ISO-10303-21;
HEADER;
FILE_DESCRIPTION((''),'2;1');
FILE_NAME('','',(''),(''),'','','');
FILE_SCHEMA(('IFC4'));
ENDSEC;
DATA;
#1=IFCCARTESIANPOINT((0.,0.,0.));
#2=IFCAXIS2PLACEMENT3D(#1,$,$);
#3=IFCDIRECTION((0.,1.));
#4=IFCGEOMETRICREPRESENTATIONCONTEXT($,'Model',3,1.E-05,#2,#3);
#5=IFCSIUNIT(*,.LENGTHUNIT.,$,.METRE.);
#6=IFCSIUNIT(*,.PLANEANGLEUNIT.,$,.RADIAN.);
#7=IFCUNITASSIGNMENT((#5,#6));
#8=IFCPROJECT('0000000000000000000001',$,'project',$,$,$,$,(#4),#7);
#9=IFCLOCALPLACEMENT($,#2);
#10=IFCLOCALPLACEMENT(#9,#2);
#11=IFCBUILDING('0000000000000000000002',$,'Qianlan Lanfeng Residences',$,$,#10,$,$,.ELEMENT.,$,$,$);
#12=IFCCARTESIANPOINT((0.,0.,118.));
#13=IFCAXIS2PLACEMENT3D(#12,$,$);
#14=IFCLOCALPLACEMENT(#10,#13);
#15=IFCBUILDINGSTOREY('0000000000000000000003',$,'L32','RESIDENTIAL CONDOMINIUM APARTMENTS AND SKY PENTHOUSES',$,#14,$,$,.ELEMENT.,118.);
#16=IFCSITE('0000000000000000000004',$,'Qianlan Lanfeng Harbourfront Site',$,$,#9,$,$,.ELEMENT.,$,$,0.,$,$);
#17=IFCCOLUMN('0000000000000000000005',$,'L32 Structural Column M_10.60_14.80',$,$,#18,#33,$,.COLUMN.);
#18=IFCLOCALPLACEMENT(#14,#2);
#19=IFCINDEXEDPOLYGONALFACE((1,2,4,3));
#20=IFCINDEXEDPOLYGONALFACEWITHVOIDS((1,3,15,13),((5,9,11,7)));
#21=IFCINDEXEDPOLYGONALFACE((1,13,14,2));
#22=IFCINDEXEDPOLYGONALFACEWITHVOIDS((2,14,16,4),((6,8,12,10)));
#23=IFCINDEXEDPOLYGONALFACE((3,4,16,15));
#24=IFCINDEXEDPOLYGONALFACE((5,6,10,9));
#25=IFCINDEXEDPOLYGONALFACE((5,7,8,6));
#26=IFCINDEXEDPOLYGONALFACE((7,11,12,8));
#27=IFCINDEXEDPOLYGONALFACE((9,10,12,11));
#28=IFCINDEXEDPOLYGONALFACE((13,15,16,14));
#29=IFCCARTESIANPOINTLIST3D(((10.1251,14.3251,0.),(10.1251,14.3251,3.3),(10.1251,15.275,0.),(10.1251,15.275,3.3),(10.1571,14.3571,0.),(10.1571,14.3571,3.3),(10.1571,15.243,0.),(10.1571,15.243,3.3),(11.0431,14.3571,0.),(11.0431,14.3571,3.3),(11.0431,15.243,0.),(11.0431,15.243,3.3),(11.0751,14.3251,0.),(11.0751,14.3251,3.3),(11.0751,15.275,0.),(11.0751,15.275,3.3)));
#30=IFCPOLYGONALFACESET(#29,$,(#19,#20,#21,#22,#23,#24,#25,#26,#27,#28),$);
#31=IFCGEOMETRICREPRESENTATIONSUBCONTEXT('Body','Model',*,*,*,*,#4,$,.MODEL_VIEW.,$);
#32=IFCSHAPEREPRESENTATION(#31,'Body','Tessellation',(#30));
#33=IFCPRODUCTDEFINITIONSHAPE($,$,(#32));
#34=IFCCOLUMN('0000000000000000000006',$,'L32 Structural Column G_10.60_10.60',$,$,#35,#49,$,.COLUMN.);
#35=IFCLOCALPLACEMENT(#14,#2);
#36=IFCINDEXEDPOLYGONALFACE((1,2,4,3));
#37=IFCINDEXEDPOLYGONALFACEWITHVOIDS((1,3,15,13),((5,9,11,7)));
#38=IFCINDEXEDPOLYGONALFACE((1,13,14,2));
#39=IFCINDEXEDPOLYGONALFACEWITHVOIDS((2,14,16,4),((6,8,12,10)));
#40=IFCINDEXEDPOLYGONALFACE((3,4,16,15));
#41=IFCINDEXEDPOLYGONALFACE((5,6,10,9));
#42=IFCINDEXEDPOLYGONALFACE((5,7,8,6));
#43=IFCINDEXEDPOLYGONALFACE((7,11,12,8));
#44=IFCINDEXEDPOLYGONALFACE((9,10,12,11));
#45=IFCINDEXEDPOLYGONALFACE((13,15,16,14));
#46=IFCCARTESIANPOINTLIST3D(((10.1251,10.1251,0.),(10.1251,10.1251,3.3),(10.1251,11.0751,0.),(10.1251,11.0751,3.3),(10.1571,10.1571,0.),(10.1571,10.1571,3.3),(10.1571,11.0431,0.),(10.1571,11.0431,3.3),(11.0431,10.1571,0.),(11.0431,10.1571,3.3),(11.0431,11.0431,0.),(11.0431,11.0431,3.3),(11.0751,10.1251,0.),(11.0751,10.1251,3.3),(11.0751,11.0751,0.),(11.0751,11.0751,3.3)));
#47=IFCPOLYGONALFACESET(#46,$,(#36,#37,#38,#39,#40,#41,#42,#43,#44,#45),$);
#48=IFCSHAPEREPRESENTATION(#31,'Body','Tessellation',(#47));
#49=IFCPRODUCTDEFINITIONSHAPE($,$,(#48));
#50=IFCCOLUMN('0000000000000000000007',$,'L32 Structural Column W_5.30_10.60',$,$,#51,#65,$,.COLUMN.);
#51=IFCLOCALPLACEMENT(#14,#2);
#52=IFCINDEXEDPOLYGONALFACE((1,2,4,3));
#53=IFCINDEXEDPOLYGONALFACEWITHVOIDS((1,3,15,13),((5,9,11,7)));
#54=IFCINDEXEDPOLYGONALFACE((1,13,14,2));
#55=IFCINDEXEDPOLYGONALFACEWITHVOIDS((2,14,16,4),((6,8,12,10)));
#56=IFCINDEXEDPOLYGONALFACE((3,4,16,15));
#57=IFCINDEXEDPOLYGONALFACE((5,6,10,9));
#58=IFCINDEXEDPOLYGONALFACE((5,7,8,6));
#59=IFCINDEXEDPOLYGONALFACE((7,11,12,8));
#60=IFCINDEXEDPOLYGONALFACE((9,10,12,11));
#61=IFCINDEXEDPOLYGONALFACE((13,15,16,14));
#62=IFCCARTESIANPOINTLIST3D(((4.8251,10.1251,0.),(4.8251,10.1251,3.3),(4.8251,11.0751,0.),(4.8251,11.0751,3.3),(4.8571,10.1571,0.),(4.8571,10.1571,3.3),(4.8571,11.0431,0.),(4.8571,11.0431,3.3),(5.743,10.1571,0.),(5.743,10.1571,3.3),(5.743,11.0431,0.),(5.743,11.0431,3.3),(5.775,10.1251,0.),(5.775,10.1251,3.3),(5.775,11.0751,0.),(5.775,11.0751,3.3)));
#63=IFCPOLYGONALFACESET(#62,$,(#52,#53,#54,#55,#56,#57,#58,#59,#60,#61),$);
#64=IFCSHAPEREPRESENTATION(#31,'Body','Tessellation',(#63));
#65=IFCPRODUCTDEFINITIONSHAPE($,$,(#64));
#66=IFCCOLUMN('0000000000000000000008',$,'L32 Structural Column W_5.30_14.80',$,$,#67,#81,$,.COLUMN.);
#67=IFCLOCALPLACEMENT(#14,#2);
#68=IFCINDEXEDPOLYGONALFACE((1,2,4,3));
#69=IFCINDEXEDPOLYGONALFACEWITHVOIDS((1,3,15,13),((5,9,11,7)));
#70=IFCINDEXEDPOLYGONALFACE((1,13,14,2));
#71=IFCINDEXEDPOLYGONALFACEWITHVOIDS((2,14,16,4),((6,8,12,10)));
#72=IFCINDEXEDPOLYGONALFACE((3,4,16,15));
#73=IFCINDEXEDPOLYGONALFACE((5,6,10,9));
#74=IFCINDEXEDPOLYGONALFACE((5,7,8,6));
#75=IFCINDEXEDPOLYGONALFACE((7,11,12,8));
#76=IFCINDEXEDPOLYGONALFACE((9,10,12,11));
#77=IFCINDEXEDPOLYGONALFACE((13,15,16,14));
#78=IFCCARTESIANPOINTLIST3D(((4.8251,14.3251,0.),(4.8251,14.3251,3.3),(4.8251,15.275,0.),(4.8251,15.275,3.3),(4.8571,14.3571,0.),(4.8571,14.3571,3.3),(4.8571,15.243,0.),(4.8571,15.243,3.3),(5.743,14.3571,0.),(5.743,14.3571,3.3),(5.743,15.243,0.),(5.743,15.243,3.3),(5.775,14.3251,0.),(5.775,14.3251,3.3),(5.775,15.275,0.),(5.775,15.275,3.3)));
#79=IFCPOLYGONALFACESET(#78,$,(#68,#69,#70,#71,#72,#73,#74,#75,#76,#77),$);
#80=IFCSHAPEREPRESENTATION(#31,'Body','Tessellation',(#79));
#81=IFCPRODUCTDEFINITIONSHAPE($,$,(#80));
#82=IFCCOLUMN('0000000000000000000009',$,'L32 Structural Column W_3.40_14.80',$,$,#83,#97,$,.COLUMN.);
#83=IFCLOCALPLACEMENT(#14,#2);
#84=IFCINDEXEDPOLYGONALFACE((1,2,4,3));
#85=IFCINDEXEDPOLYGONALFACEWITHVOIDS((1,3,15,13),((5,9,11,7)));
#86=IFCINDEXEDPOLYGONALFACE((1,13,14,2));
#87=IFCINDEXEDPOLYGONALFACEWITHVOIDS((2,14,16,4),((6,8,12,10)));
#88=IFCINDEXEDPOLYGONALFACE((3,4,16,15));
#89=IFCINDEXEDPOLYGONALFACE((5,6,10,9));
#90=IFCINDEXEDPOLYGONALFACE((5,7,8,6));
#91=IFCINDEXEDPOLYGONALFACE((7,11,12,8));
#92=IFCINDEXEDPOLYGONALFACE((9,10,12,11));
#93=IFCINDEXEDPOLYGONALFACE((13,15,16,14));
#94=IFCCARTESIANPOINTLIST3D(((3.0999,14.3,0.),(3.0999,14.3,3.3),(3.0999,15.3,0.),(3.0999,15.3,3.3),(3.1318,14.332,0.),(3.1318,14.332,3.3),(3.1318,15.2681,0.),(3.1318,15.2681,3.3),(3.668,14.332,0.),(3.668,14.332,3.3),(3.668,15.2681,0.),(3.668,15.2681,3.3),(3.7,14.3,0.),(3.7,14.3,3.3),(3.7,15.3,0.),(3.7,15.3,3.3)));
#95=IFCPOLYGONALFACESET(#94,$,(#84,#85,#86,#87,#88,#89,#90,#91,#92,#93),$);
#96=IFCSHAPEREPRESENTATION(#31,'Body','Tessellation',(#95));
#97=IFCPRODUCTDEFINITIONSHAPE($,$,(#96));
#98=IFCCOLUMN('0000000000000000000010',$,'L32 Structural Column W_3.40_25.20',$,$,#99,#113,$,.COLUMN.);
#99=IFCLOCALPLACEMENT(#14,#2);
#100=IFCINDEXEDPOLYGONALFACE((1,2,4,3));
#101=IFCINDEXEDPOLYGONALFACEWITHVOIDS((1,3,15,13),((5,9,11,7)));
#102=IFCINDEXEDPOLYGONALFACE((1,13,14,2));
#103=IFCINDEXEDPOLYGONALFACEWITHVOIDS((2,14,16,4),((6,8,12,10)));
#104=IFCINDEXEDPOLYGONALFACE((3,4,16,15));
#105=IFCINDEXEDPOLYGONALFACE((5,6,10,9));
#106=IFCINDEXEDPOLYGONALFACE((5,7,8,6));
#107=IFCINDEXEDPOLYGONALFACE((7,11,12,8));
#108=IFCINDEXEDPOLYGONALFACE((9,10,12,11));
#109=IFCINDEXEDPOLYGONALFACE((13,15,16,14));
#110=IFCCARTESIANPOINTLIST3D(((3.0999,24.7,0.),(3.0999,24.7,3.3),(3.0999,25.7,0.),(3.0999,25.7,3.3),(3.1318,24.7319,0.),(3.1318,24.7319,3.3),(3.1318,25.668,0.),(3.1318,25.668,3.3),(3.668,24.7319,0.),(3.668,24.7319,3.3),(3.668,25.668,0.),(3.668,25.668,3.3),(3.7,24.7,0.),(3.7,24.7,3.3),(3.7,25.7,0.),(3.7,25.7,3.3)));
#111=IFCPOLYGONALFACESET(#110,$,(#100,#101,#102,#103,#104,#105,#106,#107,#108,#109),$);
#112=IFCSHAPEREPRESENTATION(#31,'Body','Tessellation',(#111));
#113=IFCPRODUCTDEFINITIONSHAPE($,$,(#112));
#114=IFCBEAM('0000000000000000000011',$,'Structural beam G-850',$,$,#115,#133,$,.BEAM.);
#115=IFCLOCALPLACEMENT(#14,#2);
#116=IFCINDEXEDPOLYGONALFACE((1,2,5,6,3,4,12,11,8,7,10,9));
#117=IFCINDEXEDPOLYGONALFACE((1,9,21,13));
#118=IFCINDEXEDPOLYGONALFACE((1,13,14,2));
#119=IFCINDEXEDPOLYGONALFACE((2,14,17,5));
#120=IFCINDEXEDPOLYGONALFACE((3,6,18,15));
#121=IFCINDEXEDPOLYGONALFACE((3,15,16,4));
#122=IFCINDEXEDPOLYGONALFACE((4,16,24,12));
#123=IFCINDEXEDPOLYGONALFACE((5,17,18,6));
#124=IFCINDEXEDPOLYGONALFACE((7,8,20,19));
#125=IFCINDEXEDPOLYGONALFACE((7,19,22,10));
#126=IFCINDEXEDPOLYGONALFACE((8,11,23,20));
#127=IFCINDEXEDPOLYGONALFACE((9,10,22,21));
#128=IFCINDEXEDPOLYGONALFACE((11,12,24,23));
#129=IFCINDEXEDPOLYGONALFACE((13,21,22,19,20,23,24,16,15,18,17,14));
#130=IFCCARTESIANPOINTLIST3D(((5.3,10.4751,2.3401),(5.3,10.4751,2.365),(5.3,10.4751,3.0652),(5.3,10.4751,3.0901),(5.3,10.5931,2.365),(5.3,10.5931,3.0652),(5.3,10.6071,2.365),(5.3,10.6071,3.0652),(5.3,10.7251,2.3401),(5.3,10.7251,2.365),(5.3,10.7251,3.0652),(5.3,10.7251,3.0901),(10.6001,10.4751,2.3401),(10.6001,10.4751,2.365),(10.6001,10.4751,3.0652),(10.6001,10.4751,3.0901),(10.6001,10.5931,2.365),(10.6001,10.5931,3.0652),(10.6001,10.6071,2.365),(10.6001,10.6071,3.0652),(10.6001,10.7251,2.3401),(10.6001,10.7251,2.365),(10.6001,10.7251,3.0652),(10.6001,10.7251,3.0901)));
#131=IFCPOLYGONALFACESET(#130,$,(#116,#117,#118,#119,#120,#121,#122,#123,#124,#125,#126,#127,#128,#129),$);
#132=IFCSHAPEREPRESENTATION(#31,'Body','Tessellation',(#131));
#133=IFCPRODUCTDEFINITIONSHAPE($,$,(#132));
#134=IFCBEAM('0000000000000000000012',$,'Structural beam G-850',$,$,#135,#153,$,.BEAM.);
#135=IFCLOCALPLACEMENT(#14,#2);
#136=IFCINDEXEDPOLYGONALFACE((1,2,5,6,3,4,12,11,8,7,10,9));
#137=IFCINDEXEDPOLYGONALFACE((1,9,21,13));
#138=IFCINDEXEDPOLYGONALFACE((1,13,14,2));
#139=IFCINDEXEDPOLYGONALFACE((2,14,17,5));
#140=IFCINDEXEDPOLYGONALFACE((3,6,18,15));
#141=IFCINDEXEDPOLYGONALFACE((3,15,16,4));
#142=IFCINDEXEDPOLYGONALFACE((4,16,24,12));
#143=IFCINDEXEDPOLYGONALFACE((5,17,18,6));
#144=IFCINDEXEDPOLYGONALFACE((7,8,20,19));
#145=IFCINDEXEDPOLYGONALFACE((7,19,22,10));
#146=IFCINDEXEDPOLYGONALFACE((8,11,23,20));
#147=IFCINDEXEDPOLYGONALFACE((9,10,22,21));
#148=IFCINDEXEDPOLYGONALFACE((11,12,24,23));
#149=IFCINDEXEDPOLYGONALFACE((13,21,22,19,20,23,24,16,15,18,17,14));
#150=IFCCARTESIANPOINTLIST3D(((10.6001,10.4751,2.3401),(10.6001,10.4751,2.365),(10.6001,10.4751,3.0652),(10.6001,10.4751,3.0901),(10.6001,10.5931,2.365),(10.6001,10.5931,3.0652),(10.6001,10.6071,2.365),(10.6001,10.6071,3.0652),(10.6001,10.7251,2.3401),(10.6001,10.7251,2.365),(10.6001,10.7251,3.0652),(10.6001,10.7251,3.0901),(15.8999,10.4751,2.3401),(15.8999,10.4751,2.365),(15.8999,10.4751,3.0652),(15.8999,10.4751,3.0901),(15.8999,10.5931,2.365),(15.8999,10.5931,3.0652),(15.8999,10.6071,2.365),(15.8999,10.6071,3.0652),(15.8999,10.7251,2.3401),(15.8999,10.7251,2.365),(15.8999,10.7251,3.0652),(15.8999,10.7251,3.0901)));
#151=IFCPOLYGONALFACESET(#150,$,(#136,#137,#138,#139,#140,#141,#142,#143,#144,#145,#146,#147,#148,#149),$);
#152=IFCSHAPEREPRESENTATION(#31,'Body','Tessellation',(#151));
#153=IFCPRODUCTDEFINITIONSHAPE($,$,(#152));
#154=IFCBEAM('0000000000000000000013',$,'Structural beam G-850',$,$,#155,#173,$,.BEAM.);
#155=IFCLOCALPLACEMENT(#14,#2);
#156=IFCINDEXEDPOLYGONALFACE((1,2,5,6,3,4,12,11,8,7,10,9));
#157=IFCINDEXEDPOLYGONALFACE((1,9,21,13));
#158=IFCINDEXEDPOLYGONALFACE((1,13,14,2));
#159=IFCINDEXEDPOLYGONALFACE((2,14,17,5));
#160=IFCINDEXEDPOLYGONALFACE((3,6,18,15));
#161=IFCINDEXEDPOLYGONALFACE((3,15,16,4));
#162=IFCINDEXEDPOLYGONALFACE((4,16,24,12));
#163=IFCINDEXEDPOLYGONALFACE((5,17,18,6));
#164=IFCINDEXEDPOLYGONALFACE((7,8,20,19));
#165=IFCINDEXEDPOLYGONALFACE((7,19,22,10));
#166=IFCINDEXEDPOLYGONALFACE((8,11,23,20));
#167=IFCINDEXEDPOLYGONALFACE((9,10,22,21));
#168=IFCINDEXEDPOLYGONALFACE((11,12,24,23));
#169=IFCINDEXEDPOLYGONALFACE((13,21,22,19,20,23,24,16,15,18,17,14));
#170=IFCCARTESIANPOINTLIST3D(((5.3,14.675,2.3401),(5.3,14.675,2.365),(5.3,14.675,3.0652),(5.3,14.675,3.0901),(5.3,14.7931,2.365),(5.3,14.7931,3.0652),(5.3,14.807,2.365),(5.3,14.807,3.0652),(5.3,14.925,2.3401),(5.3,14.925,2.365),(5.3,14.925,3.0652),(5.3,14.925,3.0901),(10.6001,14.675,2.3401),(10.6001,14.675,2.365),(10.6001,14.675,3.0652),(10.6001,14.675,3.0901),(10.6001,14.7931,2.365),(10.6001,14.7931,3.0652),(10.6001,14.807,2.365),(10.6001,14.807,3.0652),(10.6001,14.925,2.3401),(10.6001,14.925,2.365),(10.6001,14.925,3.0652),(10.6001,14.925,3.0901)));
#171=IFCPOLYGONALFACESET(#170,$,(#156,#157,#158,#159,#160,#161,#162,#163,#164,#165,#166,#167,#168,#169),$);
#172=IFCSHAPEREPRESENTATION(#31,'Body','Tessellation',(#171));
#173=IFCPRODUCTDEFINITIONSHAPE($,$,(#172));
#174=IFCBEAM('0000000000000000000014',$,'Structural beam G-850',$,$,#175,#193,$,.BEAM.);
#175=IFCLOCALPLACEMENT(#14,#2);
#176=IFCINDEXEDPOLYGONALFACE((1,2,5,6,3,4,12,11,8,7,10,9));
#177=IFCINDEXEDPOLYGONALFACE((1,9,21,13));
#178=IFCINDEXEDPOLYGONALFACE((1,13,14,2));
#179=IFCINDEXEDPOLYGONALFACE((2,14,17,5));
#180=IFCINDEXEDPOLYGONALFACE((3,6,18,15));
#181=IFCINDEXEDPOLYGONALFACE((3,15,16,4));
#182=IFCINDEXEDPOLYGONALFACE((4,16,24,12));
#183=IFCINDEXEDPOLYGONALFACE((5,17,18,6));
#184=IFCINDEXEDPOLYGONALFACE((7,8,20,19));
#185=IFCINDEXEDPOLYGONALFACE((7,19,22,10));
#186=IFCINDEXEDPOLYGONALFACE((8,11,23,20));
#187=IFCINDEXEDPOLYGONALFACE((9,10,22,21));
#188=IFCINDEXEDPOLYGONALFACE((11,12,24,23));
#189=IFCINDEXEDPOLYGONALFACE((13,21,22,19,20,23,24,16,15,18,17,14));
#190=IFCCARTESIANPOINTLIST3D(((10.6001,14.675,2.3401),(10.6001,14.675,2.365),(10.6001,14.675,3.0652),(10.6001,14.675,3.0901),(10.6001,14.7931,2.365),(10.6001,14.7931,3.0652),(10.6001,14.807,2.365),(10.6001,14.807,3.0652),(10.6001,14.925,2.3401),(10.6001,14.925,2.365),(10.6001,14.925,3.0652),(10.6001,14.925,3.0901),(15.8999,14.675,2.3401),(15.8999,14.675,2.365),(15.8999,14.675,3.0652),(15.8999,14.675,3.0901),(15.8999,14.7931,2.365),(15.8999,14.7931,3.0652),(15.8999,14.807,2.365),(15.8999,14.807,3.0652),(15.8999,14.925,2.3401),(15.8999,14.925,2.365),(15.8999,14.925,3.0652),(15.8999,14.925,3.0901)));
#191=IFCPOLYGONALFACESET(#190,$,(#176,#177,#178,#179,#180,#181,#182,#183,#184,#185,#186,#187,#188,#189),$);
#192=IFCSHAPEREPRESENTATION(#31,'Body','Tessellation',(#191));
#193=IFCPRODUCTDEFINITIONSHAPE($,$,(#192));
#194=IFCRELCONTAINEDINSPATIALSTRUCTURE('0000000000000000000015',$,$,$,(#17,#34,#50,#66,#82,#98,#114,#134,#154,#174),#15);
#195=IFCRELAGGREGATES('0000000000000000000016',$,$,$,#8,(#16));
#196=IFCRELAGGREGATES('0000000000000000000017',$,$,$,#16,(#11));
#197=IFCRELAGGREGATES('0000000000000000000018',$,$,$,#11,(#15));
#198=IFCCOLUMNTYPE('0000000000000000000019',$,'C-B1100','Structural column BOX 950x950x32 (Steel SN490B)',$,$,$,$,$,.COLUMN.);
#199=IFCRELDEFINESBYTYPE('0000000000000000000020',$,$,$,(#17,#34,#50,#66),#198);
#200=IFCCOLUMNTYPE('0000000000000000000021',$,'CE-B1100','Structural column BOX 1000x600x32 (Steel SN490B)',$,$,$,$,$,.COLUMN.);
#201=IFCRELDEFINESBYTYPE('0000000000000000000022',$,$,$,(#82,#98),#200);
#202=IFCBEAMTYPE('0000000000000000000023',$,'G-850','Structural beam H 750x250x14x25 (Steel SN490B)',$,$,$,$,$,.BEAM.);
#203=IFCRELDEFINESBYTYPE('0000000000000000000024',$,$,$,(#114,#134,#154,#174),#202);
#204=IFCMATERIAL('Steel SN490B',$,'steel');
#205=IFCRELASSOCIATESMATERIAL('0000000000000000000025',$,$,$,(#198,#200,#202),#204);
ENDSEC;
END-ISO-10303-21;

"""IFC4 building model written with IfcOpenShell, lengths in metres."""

from ifc_helpers import new_model, si_unit, direction, frame, origin, origin_2d, place, context, subcontext, project, spatial, hollow_rectangle, i_section, extrude, material, material_profile, profile_set, type_object, element, save


model = new_model("IFC4")

# Units and contexts
model_context = context("Model", 3, precision=1e-05, world=origin(), true_north=direction((0.0, 1.0)))
body_context = subcontext(model_context, "Body", "Model", "MODEL_VIEW")
ifc_project = project(units=[si_unit("LENGTHUNIT", "METRE"), si_unit("PLANEANGLEUNIT", "RADIAN")], contexts=[model_context])

# Site, building, storey
site_placement = place(None, origin())
site = spatial("IfcSite", under=ifc_project, at=site_placement, Name="Qianlan Lanfeng Harbourfront Site", CompositionType="ELEMENT", RefElevation=0.0)
building_placement = place(site_placement, origin())
building = spatial("IfcBuilding", under=site, at=building_placement, Name="Qianlan Lanfeng Residences", CompositionType="ELEMENT")
storey_placement = place(building_placement, frame((0.0, 0.0, 118.0)))
storey = spatial("IfcBuildingStorey", under=building, at=storey_placement, Name="L32", Description="RESIDENTIAL CONDOMINIUM APARTMENTS AND SKY PENTHOUSES", CompositionType="ELEMENT", Elevation=118.0)

# Columns
ifc_material_1 = material(Name="Steel SN490B", Category="steel")
ifc_material_profile_1 = material_profile(ifc_material_1, hollow_rectangle(XDim=0.95, YDim=0.95, WallThickness=0.032, at=origin_2d()), Name="BOX 950x950x32")
ifc_profile_set_1 = profile_set([ifc_material_profile_1], Name="Steel SN490B")
column_type_1 = type_object("IfcColumnType", Name="C-B1100", Description="Structural column BOX 950x950x32 (Steel SN490B)", PredefinedType="COLUMN", material=ifc_profile_set_1)
for number, where, z_axis, x_axis, name in (
    (1, (10.6001, 14.8, 0.0), (0.0, 0.0, 1.0), (1.0, 0.0, 0.0), "L32 Structural Column M_10.60_14.80"),
    (2, (10.6001, 10.6001, 0.0), (0.0, 0.0, 1.0), (1.0, 0.0, 0.0), "L32 Structural Column G_10.60_10.60"),
    (3, (5.3, 10.6001, 0.0), (0.0, 0.0, 1.0), (1.0, 0.0, 0.0), "L32 Structural Column W_5.30_10.60"),
    (4, (5.3, 14.8, 0.0), (0.0, 0.0, 1.0), (1.0, 0.0, 0.0), "L32 Structural Column W_5.30_14.80"),
):
    element("IfcColumn", number, at=place(storey_placement, frame(where, z_axis=z_axis, x_axis=x_axis)), inside=storey, type_object=column_type_1, Name=name, PredefinedType="COLUMN", context=body_context, shape_type="SweptSolid", body=[
        extrude(hollow_rectangle(XDim=0.95, YDim=0.95, WallThickness=0.032, at=origin_2d()), origin(), (0.0, 0.0, 1.0), 3.3),
    ])
ifc_material_profile_2 = material_profile(ifc_material_1, hollow_rectangle(XDim=0.6001, YDim=1.0, WallThickness=0.032, at=origin_2d()), Name="BOX 1000x600x32")
ifc_profile_set_2 = profile_set([ifc_material_profile_2], Name="Steel SN490B")
column_type_2 = type_object("IfcColumnType", Name="CE-B1100", Description="Structural column BOX 1000x600x32 (Steel SN490B)", PredefinedType="COLUMN", material=ifc_profile_set_2)
for number, where, z_axis, x_axis, name in (
    (5, (3.3999, 14.8, 0.0), (0.0, 0.0, 1.0), (1.0, 0.0, 0.0), "L32 Structural Column W_3.40_14.80"),
    (6, (3.3999, 25.2, 0.0), (0.0, 0.0, 1.0), (1.0, 0.0, 0.0), "L32 Structural Column W_3.40_25.20"),
):
    element("IfcColumn", number, at=place(storey_placement, frame(where, z_axis=z_axis, x_axis=x_axis)), inside=storey, type_object=column_type_2, Name=name, PredefinedType="COLUMN", context=body_context, shape_type="SweptSolid", body=[
        extrude(hollow_rectangle(XDim=0.6001, YDim=1.0, WallThickness=0.032, at=origin_2d()), origin(), (0.0, 0.0, 1.0), 3.3),
    ])

# Beams
ifc_material_profile_3 = material_profile(ifc_material_1, i_section(OverallWidth=0.25, OverallDepth=0.75, WebThickness=0.0139, FlangeThickness=0.0249, at=origin_2d()), Name="H 750x250x14x25")
ifc_profile_set_3 = profile_set([ifc_material_profile_3], Name="Steel SN490B")
beam_type_1 = type_object("IfcBeamType", Name="G-850", Description="Structural beam H 750x250x14x25 (Steel SN490B)", PredefinedType="BEAM", material=ifc_profile_set_3)
beam_1_placement = place(storey_placement, frame((5.3, 10.6001, 2.7151), z_axis=(1.0, 0.0, 0.0), x_axis=(0.0, 1.0, 0.0)))
element("IfcBeam", 7, at=beam_1_placement, inside=storey, type_object=beam_type_1, Name="Structural beam G-850", PredefinedType="BEAM", context=body_context, shape_type="SweptSolid", body=[
    extrude(i_section(OverallWidth=0.25, OverallDepth=0.75, WebThickness=0.0139, FlangeThickness=0.0249, at=origin_2d()), origin(), (0.0, 0.0, 1.0), 5.3),
])
beam_2_placement = place(storey_placement, frame((10.6001, 10.6001, 2.7151), z_axis=(1.0, 0.0, 0.0), x_axis=(0.0, 1.0, 0.0)))
element("IfcBeam", 8, at=beam_2_placement, inside=storey, type_object=beam_type_1, Name="Structural beam G-850", PredefinedType="BEAM", context=body_context, shape_type="SweptSolid", body=[
    extrude(i_section(OverallWidth=0.25, OverallDepth=0.75, WebThickness=0.0139, FlangeThickness=0.0249, at=origin_2d()), origin(), (0.0, 0.0, 1.0), 5.2998),
])
beam_3_placement = place(storey_placement, frame((5.3, 14.8, 2.7151), z_axis=(1.0, 0.0, 0.0), x_axis=(0.0, 1.0, 0.0)))
element("IfcBeam", 9, at=beam_3_placement, inside=storey, type_object=beam_type_1, Name="Structural beam G-850", PredefinedType="BEAM", context=body_context, shape_type="SweptSolid", body=[
    extrude(i_section(OverallWidth=0.25, OverallDepth=0.75, WebThickness=0.0139, FlangeThickness=0.0249, at=origin_2d()), origin(), (0.0, 0.0, 1.0), 5.3),
])
beam_4_placement = place(storey_placement, frame((10.6001, 14.8, 2.7151), z_axis=(1.0, 0.0, 0.0), x_axis=(0.0, 1.0, 0.0)))
element("IfcBeam", 10, at=beam_4_placement, inside=storey, type_object=beam_type_1, Name="Structural beam G-850", PredefinedType="BEAM", context=body_context, shape_type="SweptSolid", body=[
    extrude(i_section(OverallWidth=0.25, OverallDepth=0.75, WebThickness=0.0139, FlangeThickness=0.0249, at=origin_2d()), origin(), (0.0, 0.0, 1.0), 5.2998),
])

save(model, "model.ifc")
